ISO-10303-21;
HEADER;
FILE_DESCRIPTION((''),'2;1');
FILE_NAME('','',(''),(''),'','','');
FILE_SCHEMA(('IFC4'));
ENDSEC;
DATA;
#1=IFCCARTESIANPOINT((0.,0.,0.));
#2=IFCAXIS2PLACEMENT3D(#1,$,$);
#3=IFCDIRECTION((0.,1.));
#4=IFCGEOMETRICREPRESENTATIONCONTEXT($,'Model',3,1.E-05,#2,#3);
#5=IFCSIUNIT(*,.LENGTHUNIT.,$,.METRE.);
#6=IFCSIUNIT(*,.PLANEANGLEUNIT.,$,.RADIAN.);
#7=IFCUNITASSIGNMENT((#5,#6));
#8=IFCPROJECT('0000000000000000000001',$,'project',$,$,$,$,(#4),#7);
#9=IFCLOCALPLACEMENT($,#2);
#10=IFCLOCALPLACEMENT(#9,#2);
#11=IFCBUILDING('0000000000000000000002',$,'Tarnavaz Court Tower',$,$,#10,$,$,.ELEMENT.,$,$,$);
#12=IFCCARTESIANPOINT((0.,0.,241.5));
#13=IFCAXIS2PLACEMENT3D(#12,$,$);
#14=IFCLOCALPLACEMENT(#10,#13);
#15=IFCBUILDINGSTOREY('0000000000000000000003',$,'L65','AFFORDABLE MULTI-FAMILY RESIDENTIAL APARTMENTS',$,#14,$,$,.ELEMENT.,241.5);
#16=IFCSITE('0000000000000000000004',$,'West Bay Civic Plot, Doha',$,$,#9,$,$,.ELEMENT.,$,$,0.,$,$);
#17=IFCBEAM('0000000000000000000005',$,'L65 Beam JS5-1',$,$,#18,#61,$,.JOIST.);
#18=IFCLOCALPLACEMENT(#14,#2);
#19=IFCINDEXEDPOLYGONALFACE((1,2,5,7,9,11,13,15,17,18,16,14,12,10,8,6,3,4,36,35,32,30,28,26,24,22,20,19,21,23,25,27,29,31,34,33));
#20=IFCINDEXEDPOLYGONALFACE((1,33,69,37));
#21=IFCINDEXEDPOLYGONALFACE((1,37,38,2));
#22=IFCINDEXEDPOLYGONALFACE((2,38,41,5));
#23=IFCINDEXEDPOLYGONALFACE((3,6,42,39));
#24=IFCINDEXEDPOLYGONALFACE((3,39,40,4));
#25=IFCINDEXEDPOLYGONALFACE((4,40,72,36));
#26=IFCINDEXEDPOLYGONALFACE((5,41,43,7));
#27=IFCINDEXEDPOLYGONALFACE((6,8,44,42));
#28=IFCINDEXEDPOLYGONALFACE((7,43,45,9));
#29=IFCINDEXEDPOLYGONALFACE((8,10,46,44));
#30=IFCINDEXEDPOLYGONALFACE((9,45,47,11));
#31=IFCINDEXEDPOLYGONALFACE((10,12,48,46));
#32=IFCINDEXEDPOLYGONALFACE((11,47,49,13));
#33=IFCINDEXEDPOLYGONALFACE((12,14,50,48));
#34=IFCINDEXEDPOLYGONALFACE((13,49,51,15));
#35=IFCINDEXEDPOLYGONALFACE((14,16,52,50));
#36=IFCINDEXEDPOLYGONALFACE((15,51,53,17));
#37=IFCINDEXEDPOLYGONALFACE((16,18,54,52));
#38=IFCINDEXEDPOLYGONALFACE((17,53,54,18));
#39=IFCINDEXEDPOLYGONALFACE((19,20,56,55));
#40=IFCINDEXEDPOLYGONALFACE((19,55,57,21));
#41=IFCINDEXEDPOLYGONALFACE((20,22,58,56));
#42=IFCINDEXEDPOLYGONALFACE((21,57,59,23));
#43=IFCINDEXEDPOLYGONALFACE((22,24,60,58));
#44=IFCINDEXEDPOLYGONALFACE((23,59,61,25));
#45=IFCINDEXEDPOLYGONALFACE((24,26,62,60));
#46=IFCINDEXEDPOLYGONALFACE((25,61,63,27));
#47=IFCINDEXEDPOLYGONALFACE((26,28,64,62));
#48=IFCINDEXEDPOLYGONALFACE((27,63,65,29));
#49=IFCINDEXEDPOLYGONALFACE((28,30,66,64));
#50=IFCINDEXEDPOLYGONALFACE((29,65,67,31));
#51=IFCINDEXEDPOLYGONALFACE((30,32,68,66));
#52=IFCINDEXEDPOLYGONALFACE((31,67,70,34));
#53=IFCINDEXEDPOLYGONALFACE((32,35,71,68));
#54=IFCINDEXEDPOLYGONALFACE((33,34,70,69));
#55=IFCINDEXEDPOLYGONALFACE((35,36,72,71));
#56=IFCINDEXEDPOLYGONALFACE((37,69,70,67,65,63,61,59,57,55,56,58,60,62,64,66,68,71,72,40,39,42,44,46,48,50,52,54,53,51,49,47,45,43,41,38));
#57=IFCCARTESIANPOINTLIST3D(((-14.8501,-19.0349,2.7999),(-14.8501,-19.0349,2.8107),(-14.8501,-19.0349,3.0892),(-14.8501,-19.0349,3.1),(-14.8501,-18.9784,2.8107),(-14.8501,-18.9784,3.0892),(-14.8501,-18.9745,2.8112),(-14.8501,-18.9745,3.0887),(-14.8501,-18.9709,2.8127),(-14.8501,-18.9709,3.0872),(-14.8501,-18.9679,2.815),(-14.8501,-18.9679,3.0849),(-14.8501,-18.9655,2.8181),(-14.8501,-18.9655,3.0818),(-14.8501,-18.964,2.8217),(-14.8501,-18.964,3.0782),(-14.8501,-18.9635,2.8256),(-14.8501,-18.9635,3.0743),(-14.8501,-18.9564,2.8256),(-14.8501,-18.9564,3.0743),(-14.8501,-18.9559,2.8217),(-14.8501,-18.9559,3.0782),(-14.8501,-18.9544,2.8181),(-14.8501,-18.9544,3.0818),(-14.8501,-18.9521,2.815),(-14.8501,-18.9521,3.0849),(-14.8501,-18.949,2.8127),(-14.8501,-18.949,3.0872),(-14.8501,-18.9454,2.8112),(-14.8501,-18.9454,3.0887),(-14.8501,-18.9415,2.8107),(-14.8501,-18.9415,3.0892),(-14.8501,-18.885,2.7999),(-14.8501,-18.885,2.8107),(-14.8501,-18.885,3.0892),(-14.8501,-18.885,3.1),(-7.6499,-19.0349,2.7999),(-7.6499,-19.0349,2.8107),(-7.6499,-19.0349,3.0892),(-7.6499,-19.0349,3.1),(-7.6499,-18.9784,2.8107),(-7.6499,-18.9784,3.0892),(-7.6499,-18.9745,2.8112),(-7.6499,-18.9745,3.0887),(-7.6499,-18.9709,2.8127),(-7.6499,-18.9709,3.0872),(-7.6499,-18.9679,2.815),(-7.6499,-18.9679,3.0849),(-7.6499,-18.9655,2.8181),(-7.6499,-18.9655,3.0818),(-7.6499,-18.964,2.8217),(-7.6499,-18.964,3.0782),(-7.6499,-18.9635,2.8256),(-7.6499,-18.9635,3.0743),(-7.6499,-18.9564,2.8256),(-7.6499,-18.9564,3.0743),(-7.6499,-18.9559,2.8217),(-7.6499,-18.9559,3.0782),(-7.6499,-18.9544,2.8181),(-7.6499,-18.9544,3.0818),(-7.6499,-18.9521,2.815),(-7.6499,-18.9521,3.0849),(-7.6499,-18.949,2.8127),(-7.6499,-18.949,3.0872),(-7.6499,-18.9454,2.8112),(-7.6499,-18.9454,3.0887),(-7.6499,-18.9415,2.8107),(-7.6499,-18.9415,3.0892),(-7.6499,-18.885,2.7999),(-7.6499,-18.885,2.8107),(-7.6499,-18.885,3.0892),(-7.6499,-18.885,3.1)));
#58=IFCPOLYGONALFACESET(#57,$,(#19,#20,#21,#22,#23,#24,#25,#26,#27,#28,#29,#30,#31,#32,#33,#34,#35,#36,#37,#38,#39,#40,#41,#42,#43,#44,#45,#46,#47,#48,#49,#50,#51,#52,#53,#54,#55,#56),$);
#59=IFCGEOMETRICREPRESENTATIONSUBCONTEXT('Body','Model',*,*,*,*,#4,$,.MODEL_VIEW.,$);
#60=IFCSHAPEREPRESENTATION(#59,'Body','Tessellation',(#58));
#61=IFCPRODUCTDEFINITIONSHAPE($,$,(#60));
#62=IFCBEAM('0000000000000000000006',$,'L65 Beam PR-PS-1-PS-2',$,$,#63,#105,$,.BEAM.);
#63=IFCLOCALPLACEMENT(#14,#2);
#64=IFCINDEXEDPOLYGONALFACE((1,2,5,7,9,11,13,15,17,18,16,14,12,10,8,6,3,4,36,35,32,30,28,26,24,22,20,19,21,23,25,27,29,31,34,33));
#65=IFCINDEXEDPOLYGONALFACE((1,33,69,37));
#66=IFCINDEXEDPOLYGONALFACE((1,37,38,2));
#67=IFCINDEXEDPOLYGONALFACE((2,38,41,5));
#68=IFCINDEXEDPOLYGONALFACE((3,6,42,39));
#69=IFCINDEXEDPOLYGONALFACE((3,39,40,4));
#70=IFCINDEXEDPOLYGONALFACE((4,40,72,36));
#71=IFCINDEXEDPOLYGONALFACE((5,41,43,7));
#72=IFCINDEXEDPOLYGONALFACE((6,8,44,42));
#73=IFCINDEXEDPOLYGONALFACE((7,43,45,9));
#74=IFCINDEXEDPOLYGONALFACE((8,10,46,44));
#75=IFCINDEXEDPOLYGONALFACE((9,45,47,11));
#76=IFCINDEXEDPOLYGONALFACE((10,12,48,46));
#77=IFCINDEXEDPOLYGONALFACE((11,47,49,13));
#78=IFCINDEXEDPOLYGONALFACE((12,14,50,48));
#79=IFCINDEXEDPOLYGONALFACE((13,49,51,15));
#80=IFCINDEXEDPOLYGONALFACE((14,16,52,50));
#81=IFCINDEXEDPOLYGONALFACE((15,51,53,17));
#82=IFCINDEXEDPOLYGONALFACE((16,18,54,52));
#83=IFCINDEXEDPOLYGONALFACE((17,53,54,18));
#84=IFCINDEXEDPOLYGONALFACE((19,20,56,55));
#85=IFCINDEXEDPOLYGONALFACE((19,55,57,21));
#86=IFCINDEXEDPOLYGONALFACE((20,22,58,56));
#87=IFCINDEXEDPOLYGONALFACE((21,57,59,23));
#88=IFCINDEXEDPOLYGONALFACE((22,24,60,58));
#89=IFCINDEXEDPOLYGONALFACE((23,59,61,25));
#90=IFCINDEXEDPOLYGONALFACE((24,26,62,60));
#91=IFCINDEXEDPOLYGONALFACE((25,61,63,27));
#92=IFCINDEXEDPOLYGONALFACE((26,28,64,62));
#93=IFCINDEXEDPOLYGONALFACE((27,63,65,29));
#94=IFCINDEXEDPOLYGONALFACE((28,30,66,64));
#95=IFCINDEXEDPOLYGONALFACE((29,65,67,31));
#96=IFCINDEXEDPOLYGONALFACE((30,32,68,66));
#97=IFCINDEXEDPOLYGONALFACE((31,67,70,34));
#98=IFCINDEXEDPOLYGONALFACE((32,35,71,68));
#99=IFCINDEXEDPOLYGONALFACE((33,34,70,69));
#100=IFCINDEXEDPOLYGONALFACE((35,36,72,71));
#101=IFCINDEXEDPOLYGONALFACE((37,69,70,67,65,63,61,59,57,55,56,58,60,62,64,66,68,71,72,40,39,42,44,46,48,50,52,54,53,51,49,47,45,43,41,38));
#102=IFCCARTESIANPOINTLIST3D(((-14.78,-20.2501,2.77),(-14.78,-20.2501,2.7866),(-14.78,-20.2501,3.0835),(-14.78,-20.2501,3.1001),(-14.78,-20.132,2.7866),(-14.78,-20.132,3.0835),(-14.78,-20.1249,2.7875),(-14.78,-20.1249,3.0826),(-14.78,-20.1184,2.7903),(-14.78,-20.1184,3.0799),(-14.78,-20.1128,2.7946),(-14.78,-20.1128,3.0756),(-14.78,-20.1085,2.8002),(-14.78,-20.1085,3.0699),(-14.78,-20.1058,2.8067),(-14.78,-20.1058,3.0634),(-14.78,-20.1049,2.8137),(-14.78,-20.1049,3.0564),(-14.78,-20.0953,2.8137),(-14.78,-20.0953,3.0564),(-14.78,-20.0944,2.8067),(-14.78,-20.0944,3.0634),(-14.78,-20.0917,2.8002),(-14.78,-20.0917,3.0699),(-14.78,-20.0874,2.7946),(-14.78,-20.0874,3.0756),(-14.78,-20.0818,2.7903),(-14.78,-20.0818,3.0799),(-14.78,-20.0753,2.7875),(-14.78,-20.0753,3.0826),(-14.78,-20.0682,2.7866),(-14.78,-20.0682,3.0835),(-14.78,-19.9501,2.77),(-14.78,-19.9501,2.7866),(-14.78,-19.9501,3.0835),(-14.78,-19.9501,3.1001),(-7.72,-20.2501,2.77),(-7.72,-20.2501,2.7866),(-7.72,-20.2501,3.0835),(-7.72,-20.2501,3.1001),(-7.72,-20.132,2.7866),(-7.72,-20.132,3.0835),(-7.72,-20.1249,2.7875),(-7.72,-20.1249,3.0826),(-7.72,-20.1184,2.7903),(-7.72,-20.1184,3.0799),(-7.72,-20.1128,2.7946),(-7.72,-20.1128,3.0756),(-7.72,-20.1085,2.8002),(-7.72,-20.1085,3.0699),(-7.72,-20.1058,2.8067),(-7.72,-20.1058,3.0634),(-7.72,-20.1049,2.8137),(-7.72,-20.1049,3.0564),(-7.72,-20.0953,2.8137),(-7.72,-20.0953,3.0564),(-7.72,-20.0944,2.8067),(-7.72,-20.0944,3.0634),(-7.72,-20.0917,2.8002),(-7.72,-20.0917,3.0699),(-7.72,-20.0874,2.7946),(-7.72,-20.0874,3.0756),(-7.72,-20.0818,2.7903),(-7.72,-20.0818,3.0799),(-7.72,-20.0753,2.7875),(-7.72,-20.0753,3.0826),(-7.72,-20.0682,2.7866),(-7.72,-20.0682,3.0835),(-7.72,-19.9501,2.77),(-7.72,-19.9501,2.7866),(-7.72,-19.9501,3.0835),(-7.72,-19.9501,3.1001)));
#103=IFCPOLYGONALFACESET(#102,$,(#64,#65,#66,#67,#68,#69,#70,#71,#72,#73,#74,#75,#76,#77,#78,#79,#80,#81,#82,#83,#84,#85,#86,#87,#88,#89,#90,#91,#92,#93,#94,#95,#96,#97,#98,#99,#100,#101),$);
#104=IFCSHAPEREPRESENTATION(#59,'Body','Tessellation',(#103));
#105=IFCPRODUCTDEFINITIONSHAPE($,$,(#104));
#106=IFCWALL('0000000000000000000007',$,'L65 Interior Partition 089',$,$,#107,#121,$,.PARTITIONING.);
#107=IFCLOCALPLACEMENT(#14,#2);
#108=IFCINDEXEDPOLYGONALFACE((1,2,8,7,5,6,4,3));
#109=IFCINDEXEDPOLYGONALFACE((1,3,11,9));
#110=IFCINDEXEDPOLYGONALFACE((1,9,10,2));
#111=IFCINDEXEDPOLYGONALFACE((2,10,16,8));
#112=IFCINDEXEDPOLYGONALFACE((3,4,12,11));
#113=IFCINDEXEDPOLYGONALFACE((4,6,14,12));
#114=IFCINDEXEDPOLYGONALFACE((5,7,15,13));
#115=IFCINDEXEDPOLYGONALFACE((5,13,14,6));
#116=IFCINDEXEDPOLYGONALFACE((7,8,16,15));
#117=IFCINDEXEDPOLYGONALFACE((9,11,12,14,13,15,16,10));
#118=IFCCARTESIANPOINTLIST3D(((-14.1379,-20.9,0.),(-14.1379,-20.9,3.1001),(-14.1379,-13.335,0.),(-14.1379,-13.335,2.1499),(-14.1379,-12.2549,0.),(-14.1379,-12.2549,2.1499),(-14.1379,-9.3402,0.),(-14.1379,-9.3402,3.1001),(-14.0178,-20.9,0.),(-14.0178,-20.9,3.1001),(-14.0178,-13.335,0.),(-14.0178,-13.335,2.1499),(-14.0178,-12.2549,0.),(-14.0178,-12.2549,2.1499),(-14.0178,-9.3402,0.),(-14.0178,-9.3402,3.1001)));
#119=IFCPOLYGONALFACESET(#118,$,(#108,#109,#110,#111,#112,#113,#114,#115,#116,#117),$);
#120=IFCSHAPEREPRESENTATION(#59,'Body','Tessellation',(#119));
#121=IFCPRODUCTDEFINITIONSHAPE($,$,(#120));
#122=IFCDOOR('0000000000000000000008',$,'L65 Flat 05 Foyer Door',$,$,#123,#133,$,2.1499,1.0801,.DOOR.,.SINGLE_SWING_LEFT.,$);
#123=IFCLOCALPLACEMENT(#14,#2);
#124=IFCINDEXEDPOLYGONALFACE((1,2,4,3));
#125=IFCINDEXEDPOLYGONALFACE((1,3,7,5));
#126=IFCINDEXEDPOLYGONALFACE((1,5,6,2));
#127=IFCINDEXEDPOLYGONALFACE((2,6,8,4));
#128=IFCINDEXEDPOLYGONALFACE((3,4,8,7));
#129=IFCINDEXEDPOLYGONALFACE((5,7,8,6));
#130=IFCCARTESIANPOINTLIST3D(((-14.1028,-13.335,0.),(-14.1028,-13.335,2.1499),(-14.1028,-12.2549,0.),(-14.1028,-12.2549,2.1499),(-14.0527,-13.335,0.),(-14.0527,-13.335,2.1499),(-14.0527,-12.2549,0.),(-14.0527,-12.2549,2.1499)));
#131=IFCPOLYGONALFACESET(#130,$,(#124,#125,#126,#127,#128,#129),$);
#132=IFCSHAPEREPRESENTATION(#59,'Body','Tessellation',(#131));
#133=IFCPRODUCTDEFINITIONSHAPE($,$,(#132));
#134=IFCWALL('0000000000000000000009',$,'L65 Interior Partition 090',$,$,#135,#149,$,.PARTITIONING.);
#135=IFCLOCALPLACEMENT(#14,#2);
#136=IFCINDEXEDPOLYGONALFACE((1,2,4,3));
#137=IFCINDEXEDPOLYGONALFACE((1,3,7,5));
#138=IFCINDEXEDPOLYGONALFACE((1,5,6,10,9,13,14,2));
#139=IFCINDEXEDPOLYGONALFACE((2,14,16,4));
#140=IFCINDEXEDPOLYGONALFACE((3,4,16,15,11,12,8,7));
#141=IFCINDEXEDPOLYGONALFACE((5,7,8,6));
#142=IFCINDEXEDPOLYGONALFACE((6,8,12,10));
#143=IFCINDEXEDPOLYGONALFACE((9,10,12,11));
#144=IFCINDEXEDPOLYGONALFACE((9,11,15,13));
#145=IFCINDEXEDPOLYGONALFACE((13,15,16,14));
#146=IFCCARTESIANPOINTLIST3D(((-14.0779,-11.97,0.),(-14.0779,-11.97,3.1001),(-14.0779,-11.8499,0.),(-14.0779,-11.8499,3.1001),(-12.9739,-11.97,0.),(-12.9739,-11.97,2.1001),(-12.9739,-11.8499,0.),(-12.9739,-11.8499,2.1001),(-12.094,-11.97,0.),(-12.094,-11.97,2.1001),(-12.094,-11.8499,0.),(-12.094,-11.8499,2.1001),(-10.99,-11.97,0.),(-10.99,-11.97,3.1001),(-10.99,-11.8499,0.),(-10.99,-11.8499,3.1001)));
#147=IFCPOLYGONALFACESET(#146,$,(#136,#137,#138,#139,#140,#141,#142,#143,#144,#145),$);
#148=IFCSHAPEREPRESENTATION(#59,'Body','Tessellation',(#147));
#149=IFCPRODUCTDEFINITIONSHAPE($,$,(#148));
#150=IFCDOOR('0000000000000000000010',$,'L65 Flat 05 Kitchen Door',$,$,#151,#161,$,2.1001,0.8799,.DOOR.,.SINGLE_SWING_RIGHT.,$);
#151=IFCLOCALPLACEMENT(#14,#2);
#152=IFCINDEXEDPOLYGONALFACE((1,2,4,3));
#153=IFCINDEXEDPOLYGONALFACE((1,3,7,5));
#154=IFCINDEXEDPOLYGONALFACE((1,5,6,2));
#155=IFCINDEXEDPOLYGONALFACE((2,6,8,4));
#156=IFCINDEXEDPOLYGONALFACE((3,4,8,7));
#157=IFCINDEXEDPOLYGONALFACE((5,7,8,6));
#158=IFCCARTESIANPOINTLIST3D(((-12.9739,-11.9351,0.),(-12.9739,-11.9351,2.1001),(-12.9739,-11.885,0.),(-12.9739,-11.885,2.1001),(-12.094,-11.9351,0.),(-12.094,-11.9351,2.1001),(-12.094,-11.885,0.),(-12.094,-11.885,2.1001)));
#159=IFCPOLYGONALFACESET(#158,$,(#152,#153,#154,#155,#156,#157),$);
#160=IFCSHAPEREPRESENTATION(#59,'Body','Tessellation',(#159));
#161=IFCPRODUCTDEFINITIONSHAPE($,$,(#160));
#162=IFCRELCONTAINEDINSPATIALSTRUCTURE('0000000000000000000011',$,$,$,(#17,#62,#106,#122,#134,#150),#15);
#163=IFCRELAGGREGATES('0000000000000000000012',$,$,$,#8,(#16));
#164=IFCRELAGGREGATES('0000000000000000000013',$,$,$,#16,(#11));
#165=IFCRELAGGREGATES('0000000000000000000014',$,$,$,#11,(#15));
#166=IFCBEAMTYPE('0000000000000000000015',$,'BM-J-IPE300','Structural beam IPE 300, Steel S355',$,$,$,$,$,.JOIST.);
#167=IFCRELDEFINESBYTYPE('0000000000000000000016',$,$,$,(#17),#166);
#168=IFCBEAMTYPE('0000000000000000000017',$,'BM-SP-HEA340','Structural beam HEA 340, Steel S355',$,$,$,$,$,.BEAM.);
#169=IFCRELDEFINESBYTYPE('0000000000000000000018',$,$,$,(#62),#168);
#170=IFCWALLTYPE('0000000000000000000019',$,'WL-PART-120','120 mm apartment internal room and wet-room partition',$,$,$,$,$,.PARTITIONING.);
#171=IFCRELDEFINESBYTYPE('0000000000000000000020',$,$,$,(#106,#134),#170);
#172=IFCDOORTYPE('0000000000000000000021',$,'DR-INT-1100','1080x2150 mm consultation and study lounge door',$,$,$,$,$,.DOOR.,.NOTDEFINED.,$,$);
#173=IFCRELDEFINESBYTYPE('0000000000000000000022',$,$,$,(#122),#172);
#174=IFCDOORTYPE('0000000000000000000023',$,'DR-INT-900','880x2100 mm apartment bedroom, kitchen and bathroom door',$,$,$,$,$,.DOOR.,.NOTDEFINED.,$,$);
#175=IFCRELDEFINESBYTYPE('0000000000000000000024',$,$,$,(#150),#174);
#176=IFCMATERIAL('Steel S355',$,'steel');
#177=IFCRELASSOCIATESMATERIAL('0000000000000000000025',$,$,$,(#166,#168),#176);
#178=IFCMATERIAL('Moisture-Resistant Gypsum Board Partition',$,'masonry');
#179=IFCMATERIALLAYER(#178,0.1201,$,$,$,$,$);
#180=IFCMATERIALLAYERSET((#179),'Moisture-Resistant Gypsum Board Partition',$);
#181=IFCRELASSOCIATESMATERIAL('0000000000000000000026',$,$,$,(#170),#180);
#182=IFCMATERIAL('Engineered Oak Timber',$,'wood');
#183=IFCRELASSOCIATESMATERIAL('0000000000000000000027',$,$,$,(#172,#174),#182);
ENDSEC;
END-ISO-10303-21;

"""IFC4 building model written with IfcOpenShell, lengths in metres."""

from ifc_helpers import new_model, si_unit, direction, frame, frame_2d, origin, origin_2d, place, context, subcontext, project, spatial, rectangle, i_section, extrude, material, layer, layer_set, material_profile, profile_set, type_object, element, fill, save


model = new_model("IFC4")

# Units and contexts
model_context = context("Model", 3, precision=1e-05, world=origin(), true_north=direction((0.0, 1.0)))
body_context = subcontext(model_context, "Body", "Model", "MODEL_VIEW")
ifc_project = project(units=[si_unit("LENGTHUNIT", "METRE"), si_unit("PLANEANGLEUNIT", "RADIAN")], contexts=[model_context])

# Site, building, storey
site_placement = place(None, origin())
site = spatial("IfcSite", under=ifc_project, at=site_placement, Name="West Bay Civic Plot, Doha", CompositionType="ELEMENT", RefElevation=0.0)
building_placement = place(site_placement, origin())
building = spatial("IfcBuilding", under=site, at=building_placement, Name="Tarnavaz Court Tower", CompositionType="ELEMENT")
storey_placement = place(building_placement, frame((0.0, 0.0, 241.5)))
storey = spatial("IfcBuildingStorey", under=building, at=storey_placement, Name="L65", Description="AFFORDABLE MULTI-FAMILY RESIDENTIAL APARTMENTS", CompositionType="ELEMENT", Elevation=241.5)

# Beams
ifc_material_1 = material(Name="Steel S355", Category="steel")
ifc_material_profile_1 = material_profile(ifc_material_1, i_section(OverallWidth=0.1499, OverallDepth=0.3, WebThickness=0.0071, FlangeThickness=0.0107, FilletRadius=0.0149, at=origin_2d()), Name="IPE 300")
ifc_profile_set_1 = profile_set([ifc_material_profile_1], Name="Steel S355")
beam_type_1 = type_object("IfcBeamType", Name="BM-J-IPE300", Description="Structural beam IPE 300, Steel S355", PredefinedType="JOIST", material=ifc_profile_set_1)
for number, where, z_axis, x_axis, name in (
    (1, (-14.8501, -18.96, 2.95), (1.0, 0.0, 0.0), (0.0, 1.0, 0.0), "L65 Beam JS5-1"),
):
    element("IfcBeam", number, at=place(storey_placement, frame(where, z_axis=z_axis, x_axis=x_axis)), inside=storey, type_object=beam_type_1, Name=name, PredefinedType="JOIST", context=body_context, shape_type="SweptSolid", body=[
        extrude(i_section(OverallWidth=0.1499, OverallDepth=0.3, WebThickness=0.0071, FlangeThickness=0.0107, FilletRadius=0.0149, at=origin_2d()), origin(), (0.0, 0.0, 1.0), 7.2002),
    ])
ifc_material_profile_2 = material_profile(ifc_material_1, i_section(OverallWidth=0.3, OverallDepth=0.3301, WebThickness=0.0095, FlangeThickness=0.0166, FilletRadius=0.0271, at=origin_2d()), Name="HEA 340")
ifc_profile_set_2 = profile_set([ifc_material_profile_2], Name="Steel S355")
beam_type_2 = type_object("IfcBeamType", Name="BM-SP-HEA340", Description="Structural beam HEA 340, Steel S355", PredefinedType="BEAM", material=ifc_profile_set_2)
beam_placement = place(storey_placement, frame((-14.78, -20.1001, 2.9351), z_axis=(1.0, 0.0, 0.0), x_axis=(0.0, 1.0, 0.0)))
element("IfcBeam", 2, at=beam_placement, inside=storey, type_object=beam_type_2, Name="L65 Beam PR-PS-1-PS-2", PredefinedType="BEAM", context=body_context, shape_type="SweptSolid", body=[
    extrude(i_section(OverallWidth=0.3, OverallDepth=0.3301, WebThickness=0.0095, FlangeThickness=0.0166, FilletRadius=0.0271, at=origin_2d()), origin(), (0.0, 0.0, 1.0), 7.0601),
])

# Walls, openings, doors
ifc_material_2 = material(Name="Moisture-Resistant Gypsum Board Partition", Category="masonry")
ifc_layer = layer(ifc_material_2, 0.1201)
ifc_layer_set = layer_set([ifc_layer], Name="Moisture-Resistant Gypsum Board Partition")
wall_type = type_object("IfcWallType", Name="WL-PART-120", Description="120 mm apartment internal room and wet-room partition", PredefinedType="PARTITIONING", material=ifc_layer_set)
wall_1_placement = place(storey_placement, frame((-14.0779, -20.8999, 0.0), z_axis=(0.0, 0.0, 1.0), x_axis=(0.0, 1.0, 0.0)))
wall_1 = element("IfcWall", 3, at=wall_1_placement, inside=storey, type_object=wall_type, Name="L65 Interior Partition 089", PredefinedType="PARTITIONING", context=body_context, shape_type="SweptSolid", body=[
    extrude(rectangle(XDim=11.5598, YDim=0.1201, at=frame_2d((5.7798, 0.0))), origin(), (0.0, 0.0, 1.0), 3.1001),
])
opening_1_placement = place(wall_1_placement, frame((7.5649, 0.0, 0.0)))
opening_1 = element("IfcOpeningElement", 4, at=opening_1_placement, cuts=wall_1, PredefinedType="OPENING", context=body_context, shape_type="SweptSolid", body=[
    extrude(rectangle(XDim=1.0801, YDim=2.1499, at=frame_2d((0.54, 1.075))), frame((0.0, 0.0701, 0.0), z_axis=(0.0, -1.0, 0.0), x_axis=(1.0, 0.0, 0.0)), (0.0, 0.0, 1.0), 0.1401),
])
ifc_material_3 = material(Name="Engineered Oak Timber", Category="wood")
door_type_1 = type_object("IfcDoorType", Name="DR-INT-1100", Description="1080x2150 mm consultation and study lounge door", OperationType="NOTDEFINED", PredefinedType="DOOR", material=ifc_material_3)
door_1_placement = place(opening_1_placement, origin())
door_1 = element("IfcDoor", 5, at=door_1_placement, inside=storey, type_object=door_type_1, Name="L65 Flat 05 Foyer Door", OperationType="SINGLE_SWING_LEFT", OverallHeight=2.1499, OverallWidth=1.0801, PredefinedType="DOOR", context=body_context, shape_type="SweptSolid", body=[
    extrude(rectangle(XDim=1.0801, YDim=2.1499, at=frame_2d((0.54, 1.075))), frame((0.0, 0.0249, 0.0), z_axis=(0.0, -1.0, 0.0), x_axis=(1.0, 0.0, 0.0)), (0.0, 0.0, 1.0), 0.05),
])
fill(opening_1, door_1)
wall_2_placement = place(storey_placement, frame((-14.0779, -11.9099, 0.0), z_axis=(0.0, 0.0, 1.0), x_axis=(1.0, 0.0, 0.0)))
wall_2 = element("IfcWall", 6, at=wall_2_placement, inside=storey, type_object=wall_type, Name="L65 Interior Partition 090", PredefinedType="PARTITIONING", context=body_context, shape_type="SweptSolid", body=[
    extrude(rectangle(XDim=3.0879, YDim=0.1201, at=frame_2d((1.5439, 0.0))), origin(), (0.0, 0.0, 1.0), 3.1001),
])
opening_2_placement = place(wall_2_placement, frame((1.104, 0.0, 0.0)))
opening_2 = element("IfcOpeningElement", 7, at=opening_2_placement, cuts=wall_2, PredefinedType="OPENING", context=body_context, shape_type="SweptSolid", body=[
    extrude(rectangle(XDim=0.8799, YDim=2.1001, at=frame_2d((0.4399, 1.05))), frame((0.0, 0.0701, 0.0), z_axis=(0.0, -1.0, 0.0), x_axis=(1.0, 0.0, 0.0)), (0.0, 0.0, 1.0), 0.1401),
])
door_type_2 = type_object("IfcDoorType", Name="DR-INT-900", Description="880x2100 mm apartment bedroom, kitchen and bathroom door", OperationType="NOTDEFINED", PredefinedType="DOOR", material=ifc_material_3)
door_2_placement = place(opening_2_placement, origin())
door_2 = element("IfcDoor", 8, at=door_2_placement, inside=storey, type_object=door_type_2, Name="L65 Flat 05 Kitchen Door", OperationType="SINGLE_SWING_RIGHT", OverallHeight=2.1001, OverallWidth=0.8799, PredefinedType="DOOR", context=body_context, shape_type="SweptSolid", body=[
    extrude(rectangle(XDim=0.8799, YDim=2.1001, at=frame_2d((0.4399, 1.05))), frame((0.0, 0.0249, 0.0), z_axis=(0.0, -1.0, 0.0), x_axis=(1.0, 0.0, 0.0)), (0.0, 0.0, 1.0), 0.05),
])
fill(opening_2, door_2)

save(model, "model.ifc")
